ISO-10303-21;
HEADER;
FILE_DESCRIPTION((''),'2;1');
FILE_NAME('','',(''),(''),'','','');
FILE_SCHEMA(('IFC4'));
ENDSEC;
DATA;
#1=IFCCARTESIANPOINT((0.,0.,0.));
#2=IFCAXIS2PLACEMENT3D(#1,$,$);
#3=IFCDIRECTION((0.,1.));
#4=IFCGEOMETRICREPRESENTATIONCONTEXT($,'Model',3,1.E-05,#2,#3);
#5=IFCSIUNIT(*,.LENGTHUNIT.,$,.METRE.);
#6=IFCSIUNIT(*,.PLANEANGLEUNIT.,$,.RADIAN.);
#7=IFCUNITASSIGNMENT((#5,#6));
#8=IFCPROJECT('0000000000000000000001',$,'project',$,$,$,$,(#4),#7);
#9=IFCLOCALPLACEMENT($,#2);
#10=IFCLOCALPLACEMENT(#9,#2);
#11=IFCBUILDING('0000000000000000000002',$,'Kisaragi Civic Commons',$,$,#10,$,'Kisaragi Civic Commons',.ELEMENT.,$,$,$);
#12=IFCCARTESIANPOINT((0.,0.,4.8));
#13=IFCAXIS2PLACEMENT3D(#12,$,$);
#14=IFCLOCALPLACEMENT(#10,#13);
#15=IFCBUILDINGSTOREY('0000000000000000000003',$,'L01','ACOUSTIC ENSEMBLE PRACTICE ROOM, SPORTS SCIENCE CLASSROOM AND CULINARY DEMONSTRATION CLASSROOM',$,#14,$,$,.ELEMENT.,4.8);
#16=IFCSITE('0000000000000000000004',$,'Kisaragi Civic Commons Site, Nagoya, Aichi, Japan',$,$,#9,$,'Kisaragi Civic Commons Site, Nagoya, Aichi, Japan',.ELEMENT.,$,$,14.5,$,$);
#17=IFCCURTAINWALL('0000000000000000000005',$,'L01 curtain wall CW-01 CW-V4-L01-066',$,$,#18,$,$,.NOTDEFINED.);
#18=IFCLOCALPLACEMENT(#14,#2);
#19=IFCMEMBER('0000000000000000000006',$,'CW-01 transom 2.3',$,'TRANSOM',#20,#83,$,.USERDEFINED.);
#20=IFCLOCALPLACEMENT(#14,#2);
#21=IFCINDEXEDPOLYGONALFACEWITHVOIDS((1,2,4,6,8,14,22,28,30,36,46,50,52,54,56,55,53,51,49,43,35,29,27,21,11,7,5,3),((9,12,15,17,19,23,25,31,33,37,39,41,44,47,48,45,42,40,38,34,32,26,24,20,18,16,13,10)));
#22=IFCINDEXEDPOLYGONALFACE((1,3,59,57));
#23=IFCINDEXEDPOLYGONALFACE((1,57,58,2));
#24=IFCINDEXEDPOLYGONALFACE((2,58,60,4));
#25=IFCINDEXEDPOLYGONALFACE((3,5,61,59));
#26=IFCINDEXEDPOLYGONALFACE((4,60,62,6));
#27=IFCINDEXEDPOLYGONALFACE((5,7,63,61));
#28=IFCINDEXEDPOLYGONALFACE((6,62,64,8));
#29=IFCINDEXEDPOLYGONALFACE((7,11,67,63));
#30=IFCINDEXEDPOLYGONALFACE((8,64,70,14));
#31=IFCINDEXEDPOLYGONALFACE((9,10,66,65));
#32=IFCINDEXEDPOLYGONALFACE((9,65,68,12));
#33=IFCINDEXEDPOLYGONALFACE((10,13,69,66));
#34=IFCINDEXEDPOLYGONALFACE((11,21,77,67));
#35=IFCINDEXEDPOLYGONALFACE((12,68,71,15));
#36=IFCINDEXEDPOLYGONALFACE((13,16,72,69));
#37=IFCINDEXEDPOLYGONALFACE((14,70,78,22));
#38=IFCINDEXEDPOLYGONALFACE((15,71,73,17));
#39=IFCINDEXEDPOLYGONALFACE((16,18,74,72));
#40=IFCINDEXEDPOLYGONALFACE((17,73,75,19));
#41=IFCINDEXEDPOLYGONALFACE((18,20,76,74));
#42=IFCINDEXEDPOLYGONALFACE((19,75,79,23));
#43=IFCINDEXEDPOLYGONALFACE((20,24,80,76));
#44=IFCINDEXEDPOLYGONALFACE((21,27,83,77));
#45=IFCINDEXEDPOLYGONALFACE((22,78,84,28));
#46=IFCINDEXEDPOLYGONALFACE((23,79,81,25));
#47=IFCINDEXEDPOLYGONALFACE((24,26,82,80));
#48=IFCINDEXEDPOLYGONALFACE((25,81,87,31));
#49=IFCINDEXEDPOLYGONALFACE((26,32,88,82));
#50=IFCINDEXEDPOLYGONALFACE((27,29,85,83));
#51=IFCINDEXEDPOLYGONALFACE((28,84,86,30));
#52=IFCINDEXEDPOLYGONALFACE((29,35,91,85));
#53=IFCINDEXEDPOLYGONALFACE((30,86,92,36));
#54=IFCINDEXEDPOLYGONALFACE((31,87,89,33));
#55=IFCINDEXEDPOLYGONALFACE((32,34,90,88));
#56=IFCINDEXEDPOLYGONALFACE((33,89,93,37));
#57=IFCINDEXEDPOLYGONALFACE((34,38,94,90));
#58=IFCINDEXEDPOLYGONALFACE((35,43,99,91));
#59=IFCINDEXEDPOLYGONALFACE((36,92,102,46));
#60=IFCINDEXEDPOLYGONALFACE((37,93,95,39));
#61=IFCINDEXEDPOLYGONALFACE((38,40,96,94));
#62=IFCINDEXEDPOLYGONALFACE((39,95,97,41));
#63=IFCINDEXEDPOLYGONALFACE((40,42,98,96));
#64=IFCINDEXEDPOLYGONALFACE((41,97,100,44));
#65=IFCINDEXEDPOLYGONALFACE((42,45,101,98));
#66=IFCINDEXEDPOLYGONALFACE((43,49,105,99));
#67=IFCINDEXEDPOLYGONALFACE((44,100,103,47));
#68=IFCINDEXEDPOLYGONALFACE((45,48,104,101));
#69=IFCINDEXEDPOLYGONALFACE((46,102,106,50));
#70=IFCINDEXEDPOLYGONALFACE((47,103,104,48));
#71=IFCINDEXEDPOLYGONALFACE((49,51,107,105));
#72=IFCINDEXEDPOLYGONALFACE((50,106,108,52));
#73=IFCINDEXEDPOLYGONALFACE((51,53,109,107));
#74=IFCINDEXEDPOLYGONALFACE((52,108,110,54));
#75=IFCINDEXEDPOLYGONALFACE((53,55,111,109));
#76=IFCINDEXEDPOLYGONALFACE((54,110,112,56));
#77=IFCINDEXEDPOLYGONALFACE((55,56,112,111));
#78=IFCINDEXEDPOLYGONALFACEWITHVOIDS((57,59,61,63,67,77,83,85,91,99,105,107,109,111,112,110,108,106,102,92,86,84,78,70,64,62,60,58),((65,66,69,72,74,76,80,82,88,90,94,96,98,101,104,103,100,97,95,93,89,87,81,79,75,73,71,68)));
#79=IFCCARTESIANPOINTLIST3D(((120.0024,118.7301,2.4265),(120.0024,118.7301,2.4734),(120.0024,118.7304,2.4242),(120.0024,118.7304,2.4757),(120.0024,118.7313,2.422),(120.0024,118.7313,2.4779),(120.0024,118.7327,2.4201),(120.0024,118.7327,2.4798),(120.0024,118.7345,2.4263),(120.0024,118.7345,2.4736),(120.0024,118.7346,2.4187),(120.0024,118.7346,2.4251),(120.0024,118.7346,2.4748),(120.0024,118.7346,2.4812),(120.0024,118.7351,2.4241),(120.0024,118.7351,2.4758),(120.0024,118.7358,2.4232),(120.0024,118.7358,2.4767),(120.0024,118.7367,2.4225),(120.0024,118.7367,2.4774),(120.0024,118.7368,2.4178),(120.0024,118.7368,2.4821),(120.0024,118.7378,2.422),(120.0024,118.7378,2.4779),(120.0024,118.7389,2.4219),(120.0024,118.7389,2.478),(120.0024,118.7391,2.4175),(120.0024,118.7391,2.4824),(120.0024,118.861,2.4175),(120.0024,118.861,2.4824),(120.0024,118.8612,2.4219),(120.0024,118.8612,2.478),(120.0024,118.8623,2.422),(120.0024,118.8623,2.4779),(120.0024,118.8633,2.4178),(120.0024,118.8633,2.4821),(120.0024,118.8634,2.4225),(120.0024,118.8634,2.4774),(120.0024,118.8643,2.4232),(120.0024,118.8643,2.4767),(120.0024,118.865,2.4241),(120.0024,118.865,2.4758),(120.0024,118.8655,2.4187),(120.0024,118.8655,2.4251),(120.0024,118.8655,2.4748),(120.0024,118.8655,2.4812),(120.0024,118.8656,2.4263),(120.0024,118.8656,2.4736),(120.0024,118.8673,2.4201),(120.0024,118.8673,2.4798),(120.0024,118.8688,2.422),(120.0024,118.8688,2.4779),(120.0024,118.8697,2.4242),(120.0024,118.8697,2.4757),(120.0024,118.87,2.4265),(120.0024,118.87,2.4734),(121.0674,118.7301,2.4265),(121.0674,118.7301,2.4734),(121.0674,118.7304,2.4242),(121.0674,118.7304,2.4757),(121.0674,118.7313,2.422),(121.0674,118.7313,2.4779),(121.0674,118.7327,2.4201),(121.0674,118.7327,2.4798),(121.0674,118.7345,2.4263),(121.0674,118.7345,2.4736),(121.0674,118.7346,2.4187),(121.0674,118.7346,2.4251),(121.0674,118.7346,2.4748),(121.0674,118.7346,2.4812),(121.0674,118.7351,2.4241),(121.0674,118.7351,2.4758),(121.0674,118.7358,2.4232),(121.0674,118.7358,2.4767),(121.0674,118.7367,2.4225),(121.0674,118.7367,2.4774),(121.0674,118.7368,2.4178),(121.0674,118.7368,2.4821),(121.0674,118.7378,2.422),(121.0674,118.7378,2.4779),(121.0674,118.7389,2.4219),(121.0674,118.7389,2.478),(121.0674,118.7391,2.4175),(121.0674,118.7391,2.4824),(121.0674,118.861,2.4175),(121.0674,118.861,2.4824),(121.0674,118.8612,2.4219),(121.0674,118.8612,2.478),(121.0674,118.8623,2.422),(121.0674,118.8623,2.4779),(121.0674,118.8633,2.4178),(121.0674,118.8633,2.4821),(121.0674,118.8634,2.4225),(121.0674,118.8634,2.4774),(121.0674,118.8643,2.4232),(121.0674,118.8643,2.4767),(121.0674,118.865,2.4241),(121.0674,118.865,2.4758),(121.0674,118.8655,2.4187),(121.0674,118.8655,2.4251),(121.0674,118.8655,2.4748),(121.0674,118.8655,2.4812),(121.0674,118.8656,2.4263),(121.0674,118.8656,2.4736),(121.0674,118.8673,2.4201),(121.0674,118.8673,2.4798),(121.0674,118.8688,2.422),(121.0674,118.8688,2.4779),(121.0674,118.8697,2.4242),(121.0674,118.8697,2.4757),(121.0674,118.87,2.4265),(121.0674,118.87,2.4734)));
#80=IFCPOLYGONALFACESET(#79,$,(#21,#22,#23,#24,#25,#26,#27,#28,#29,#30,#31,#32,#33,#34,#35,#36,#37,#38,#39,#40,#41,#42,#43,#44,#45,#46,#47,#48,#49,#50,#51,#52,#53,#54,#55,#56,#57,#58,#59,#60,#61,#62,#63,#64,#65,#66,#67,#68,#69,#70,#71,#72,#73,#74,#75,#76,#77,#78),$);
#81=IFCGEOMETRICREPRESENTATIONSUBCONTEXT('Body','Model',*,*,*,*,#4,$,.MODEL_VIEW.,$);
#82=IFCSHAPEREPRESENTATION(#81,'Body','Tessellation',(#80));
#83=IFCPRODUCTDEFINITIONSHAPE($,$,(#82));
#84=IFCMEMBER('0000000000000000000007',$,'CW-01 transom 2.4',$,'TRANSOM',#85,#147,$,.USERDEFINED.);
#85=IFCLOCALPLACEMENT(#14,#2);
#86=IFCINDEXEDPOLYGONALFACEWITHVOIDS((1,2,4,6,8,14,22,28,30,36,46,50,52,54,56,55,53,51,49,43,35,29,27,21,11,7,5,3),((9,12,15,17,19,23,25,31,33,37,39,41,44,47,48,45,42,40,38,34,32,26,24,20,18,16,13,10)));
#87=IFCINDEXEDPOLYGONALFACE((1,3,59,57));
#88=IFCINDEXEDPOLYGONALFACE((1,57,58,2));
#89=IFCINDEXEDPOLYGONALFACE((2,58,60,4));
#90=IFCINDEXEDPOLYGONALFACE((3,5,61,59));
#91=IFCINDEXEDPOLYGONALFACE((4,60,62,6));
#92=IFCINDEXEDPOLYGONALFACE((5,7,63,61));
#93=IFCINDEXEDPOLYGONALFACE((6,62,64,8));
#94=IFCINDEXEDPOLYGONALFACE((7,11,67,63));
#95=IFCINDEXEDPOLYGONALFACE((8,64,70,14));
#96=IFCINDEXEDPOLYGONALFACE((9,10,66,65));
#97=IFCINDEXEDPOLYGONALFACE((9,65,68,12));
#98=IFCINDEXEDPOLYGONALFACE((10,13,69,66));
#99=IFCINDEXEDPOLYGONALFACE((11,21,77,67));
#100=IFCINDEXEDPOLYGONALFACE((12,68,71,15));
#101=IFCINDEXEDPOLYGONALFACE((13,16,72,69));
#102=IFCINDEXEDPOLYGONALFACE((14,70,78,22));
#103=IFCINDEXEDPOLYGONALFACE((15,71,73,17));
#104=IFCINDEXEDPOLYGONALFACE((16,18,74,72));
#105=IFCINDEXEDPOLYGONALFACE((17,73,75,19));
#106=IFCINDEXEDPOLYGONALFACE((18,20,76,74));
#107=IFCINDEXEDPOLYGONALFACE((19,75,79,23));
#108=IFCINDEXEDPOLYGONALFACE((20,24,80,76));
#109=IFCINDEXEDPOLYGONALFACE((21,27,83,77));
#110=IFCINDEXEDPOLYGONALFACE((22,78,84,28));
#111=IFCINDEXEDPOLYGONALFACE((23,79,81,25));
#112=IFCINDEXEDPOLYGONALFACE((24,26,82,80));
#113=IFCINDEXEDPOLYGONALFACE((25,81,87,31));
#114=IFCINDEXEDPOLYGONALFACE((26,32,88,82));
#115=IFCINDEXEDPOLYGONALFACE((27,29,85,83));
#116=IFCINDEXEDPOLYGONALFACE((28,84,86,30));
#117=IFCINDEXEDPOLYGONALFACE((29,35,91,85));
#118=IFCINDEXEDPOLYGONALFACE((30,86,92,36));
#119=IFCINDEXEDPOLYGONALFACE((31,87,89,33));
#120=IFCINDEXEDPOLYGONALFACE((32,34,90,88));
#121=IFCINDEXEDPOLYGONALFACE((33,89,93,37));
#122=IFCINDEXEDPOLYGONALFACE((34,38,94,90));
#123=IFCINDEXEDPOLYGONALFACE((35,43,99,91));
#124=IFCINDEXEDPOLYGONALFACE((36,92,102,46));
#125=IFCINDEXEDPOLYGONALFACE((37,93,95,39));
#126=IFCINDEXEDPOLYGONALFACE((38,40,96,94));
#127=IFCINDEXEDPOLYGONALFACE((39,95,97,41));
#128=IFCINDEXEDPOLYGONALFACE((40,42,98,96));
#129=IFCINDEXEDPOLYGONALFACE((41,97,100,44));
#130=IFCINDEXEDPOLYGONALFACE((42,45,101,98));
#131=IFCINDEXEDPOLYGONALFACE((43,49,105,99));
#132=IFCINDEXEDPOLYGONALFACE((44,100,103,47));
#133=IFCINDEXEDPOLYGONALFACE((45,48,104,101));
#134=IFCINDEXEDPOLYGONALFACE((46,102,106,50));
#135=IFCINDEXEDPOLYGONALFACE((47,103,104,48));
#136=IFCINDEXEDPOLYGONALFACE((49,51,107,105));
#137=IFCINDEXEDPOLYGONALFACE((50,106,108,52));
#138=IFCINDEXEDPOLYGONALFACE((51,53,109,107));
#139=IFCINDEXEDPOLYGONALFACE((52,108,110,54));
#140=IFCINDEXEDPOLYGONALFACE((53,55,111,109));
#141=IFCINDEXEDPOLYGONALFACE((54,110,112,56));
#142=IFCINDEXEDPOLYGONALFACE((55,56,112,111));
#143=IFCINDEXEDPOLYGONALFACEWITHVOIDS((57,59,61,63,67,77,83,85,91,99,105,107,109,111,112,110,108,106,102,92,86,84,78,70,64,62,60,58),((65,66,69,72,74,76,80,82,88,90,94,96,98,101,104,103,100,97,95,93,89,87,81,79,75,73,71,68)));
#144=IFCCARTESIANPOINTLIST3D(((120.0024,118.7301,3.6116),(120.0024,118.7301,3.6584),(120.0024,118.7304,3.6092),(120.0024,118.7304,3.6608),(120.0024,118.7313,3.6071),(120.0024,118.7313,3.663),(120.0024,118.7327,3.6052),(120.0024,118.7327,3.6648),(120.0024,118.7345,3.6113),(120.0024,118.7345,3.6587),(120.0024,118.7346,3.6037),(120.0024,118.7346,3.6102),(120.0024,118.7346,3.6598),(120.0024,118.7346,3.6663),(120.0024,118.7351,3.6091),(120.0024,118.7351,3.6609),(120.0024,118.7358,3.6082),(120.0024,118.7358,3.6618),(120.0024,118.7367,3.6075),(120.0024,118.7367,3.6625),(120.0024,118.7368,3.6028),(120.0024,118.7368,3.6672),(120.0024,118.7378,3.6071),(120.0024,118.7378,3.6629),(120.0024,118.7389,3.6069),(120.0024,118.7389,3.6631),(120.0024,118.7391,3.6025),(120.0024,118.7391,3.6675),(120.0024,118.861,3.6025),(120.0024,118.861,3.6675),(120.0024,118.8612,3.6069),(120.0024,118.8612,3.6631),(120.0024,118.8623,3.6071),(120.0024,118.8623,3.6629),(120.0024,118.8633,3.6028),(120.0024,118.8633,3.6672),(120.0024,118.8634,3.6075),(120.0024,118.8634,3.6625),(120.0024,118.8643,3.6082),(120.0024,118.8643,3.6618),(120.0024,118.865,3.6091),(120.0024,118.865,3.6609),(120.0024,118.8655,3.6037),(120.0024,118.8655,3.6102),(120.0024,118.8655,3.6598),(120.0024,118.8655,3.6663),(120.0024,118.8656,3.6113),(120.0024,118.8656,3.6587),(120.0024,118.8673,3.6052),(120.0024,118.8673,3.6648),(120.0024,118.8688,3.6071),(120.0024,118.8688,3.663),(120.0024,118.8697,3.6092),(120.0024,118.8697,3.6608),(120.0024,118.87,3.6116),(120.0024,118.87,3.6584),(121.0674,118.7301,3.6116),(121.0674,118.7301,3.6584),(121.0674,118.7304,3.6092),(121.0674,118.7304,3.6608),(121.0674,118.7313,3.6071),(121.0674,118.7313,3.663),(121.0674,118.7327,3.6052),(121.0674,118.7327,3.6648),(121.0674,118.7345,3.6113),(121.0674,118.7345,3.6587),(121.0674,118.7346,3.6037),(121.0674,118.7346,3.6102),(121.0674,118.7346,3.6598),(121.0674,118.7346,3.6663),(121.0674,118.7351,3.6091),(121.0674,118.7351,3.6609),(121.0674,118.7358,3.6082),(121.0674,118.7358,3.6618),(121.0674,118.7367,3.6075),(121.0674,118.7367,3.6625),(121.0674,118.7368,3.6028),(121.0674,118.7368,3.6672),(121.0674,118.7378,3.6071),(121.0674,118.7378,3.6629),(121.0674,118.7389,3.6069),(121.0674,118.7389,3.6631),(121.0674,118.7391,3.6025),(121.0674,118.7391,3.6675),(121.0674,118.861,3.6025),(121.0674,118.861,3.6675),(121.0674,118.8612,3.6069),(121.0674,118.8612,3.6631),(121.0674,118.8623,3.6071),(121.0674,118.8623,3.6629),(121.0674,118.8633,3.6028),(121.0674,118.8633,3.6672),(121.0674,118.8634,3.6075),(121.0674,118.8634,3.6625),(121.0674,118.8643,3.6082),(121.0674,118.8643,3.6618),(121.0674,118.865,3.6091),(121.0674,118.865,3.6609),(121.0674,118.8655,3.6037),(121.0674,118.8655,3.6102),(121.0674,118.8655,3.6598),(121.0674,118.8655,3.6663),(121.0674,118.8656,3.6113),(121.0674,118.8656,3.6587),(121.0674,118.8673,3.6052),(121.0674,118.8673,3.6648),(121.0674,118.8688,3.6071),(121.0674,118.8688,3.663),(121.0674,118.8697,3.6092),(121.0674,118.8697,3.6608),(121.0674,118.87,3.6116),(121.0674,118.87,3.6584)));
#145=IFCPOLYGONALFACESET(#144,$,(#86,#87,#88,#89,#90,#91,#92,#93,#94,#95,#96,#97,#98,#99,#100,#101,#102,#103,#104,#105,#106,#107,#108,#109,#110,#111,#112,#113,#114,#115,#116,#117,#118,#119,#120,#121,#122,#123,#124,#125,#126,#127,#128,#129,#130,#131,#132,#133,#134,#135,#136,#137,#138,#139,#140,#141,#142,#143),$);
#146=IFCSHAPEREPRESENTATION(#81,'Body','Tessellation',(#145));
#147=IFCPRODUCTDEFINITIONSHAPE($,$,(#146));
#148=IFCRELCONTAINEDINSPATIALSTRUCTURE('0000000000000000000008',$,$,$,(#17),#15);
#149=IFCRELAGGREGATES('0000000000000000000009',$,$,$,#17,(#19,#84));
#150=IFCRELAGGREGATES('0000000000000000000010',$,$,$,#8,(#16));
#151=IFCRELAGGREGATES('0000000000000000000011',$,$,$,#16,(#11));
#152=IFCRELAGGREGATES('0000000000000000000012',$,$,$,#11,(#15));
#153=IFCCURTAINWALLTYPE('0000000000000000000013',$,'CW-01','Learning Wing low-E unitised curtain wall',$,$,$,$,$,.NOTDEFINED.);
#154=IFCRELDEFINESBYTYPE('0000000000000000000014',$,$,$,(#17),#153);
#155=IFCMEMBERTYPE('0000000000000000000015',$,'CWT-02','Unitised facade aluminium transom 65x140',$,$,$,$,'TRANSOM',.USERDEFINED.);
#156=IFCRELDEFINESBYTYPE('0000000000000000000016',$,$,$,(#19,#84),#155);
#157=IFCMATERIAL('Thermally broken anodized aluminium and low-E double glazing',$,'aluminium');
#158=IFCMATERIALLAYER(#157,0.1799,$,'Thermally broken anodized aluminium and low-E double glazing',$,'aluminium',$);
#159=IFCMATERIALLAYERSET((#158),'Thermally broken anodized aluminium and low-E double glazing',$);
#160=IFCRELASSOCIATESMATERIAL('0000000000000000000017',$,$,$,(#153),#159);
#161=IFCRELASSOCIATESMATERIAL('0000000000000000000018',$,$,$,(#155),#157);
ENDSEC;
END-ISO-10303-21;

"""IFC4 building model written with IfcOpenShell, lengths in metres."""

from ifc_helpers import new_model, si_unit, direction, frame, origin, origin_2d, place, context, subcontext, project, spatial, hollow_rectangle, extrude, material, layer, layer_set, material_profile, profile_set, type_object, element, aggregate, save


model = new_model("IFC4")

# Units and contexts
model_context = context("Model", 3, precision=1e-05, world=origin(), true_north=direction((0.0, 1.0)))
body_context = subcontext(model_context, "Body", "Model", "MODEL_VIEW")
ifc_project = project(units=[si_unit("LENGTHUNIT", "METRE"), si_unit("PLANEANGLEUNIT", "RADIAN")], contexts=[model_context])

# Site, building, storey
site_placement = place(None, origin())
site = spatial("IfcSite", under=ifc_project, at=site_placement, Name="Kisaragi Civic Commons Site, Nagoya, Aichi, Japan", LongName="Kisaragi Civic Commons Site, Nagoya, Aichi, Japan", CompositionType="ELEMENT", RefElevation=14.5)
building_placement = place(site_placement, origin())
building = spatial("IfcBuilding", under=site, at=building_placement, Name="Kisaragi Civic Commons", LongName="Kisaragi Civic Commons", CompositionType="ELEMENT")
storey_placement = place(building_placement, frame((0.0, 0.0, 4.8)))
storey = spatial("IfcBuildingStorey", under=building, at=storey_placement, Name="L01", Description="ACOUSTIC ENSEMBLE PRACTICE ROOM, SPORTS SCIENCE CLASSROOM AND CULINARY DEMONSTRATION CLASSROOM", CompositionType="ELEMENT", Elevation=4.8)

# Curtain wall, members
ifc_material = material(Name="Thermally broken anodized aluminium and low-E double glazing", Category="aluminium")
ifc_layer_1 = layer(ifc_material, 0.1799, Name="Thermally broken anodized aluminium and low-E double glazing", Category="aluminium")
ifc_layer_set_1 = layer_set([ifc_layer_1], Name="Thermally broken anodized aluminium and low-E double glazing")
curtain_wall_type = type_object("IfcCurtainWallType", Name="CW-01", Description="Learning Wing low-E unitised curtain wall", PredefinedType="NOTDEFINED", material=ifc_layer_set_1)
curtain_wall_placement = place(storey_placement, origin())
curtain_wall = element("IfcCurtainWall", 1, at=curtain_wall_placement, inside=storey, type_object=curtain_wall_type, Name="L01 curtain wall CW-01 CW-V4-L01-066", PredefinedType="NOTDEFINED")
ifc_material_profile_1 = material_profile(ifc_material, hollow_rectangle(XDim=0.1399, YDim=0.0649, WallThickness=0.0044, InnerFilletRadius=0.0044, OuterFilletRadius=0.009, at=origin_2d()), Name="CWT-65x140x4.5", Category="aluminium")
ifc_profile_set_1 = profile_set([ifc_material_profile_1], Name="Thermally broken anodized aluminium and low-E double glazing")
member_type_1 = type_object("IfcMemberType", Name="CWT-02", Description="Unitised facade aluminium transom 65x140", ElementType="TRANSOM", PredefinedType="USERDEFINED", material=ifc_profile_set_1)
member_1_placement = place(storey_placement, frame((120.0024, 118.8, 2.45), z_axis=(1.0, 0.0, 0.0), x_axis=(0.0, 1.0, 0.0)))
member_1 = element("IfcMember", 2, at=member_1_placement, type_object=member_type_1, Name="CW-01 transom 2.3", ObjectType="TRANSOM", PredefinedType="USERDEFINED", context=body_context, shape_type="SweptSolid", body=[
    extrude(hollow_rectangle(XDim=0.1399, YDim=0.0649, WallThickness=0.0044, InnerFilletRadius=0.0044, OuterFilletRadius=0.009, at=origin_2d()), origin(), (0.0, 0.0, 1.0), 1.0649),
])
member_2_placement = place(storey_placement, frame((120.0024, 118.8, 3.635), z_axis=(1.0, 0.0, 0.0), x_axis=(0.0, 1.0, 0.0)))
member_2 = element("IfcMember", 3, at=member_2_placement, type_object=member_type_1, Name="CW-01 transom 2.4", ObjectType="TRANSOM", PredefinedType="USERDEFINED", context=body_context, shape_type="SweptSolid", body=[
    extrude(hollow_rectangle(XDim=0.1399, YDim=0.0649, WallThickness=0.0044, InnerFilletRadius=0.0044, OuterFilletRadius=0.009, at=origin_2d()), origin(), (0.0, 0.0, 1.0), 1.0649),
])
aggregate(curtain_wall, [member_1, member_2])

save(model, "model.ifc")
